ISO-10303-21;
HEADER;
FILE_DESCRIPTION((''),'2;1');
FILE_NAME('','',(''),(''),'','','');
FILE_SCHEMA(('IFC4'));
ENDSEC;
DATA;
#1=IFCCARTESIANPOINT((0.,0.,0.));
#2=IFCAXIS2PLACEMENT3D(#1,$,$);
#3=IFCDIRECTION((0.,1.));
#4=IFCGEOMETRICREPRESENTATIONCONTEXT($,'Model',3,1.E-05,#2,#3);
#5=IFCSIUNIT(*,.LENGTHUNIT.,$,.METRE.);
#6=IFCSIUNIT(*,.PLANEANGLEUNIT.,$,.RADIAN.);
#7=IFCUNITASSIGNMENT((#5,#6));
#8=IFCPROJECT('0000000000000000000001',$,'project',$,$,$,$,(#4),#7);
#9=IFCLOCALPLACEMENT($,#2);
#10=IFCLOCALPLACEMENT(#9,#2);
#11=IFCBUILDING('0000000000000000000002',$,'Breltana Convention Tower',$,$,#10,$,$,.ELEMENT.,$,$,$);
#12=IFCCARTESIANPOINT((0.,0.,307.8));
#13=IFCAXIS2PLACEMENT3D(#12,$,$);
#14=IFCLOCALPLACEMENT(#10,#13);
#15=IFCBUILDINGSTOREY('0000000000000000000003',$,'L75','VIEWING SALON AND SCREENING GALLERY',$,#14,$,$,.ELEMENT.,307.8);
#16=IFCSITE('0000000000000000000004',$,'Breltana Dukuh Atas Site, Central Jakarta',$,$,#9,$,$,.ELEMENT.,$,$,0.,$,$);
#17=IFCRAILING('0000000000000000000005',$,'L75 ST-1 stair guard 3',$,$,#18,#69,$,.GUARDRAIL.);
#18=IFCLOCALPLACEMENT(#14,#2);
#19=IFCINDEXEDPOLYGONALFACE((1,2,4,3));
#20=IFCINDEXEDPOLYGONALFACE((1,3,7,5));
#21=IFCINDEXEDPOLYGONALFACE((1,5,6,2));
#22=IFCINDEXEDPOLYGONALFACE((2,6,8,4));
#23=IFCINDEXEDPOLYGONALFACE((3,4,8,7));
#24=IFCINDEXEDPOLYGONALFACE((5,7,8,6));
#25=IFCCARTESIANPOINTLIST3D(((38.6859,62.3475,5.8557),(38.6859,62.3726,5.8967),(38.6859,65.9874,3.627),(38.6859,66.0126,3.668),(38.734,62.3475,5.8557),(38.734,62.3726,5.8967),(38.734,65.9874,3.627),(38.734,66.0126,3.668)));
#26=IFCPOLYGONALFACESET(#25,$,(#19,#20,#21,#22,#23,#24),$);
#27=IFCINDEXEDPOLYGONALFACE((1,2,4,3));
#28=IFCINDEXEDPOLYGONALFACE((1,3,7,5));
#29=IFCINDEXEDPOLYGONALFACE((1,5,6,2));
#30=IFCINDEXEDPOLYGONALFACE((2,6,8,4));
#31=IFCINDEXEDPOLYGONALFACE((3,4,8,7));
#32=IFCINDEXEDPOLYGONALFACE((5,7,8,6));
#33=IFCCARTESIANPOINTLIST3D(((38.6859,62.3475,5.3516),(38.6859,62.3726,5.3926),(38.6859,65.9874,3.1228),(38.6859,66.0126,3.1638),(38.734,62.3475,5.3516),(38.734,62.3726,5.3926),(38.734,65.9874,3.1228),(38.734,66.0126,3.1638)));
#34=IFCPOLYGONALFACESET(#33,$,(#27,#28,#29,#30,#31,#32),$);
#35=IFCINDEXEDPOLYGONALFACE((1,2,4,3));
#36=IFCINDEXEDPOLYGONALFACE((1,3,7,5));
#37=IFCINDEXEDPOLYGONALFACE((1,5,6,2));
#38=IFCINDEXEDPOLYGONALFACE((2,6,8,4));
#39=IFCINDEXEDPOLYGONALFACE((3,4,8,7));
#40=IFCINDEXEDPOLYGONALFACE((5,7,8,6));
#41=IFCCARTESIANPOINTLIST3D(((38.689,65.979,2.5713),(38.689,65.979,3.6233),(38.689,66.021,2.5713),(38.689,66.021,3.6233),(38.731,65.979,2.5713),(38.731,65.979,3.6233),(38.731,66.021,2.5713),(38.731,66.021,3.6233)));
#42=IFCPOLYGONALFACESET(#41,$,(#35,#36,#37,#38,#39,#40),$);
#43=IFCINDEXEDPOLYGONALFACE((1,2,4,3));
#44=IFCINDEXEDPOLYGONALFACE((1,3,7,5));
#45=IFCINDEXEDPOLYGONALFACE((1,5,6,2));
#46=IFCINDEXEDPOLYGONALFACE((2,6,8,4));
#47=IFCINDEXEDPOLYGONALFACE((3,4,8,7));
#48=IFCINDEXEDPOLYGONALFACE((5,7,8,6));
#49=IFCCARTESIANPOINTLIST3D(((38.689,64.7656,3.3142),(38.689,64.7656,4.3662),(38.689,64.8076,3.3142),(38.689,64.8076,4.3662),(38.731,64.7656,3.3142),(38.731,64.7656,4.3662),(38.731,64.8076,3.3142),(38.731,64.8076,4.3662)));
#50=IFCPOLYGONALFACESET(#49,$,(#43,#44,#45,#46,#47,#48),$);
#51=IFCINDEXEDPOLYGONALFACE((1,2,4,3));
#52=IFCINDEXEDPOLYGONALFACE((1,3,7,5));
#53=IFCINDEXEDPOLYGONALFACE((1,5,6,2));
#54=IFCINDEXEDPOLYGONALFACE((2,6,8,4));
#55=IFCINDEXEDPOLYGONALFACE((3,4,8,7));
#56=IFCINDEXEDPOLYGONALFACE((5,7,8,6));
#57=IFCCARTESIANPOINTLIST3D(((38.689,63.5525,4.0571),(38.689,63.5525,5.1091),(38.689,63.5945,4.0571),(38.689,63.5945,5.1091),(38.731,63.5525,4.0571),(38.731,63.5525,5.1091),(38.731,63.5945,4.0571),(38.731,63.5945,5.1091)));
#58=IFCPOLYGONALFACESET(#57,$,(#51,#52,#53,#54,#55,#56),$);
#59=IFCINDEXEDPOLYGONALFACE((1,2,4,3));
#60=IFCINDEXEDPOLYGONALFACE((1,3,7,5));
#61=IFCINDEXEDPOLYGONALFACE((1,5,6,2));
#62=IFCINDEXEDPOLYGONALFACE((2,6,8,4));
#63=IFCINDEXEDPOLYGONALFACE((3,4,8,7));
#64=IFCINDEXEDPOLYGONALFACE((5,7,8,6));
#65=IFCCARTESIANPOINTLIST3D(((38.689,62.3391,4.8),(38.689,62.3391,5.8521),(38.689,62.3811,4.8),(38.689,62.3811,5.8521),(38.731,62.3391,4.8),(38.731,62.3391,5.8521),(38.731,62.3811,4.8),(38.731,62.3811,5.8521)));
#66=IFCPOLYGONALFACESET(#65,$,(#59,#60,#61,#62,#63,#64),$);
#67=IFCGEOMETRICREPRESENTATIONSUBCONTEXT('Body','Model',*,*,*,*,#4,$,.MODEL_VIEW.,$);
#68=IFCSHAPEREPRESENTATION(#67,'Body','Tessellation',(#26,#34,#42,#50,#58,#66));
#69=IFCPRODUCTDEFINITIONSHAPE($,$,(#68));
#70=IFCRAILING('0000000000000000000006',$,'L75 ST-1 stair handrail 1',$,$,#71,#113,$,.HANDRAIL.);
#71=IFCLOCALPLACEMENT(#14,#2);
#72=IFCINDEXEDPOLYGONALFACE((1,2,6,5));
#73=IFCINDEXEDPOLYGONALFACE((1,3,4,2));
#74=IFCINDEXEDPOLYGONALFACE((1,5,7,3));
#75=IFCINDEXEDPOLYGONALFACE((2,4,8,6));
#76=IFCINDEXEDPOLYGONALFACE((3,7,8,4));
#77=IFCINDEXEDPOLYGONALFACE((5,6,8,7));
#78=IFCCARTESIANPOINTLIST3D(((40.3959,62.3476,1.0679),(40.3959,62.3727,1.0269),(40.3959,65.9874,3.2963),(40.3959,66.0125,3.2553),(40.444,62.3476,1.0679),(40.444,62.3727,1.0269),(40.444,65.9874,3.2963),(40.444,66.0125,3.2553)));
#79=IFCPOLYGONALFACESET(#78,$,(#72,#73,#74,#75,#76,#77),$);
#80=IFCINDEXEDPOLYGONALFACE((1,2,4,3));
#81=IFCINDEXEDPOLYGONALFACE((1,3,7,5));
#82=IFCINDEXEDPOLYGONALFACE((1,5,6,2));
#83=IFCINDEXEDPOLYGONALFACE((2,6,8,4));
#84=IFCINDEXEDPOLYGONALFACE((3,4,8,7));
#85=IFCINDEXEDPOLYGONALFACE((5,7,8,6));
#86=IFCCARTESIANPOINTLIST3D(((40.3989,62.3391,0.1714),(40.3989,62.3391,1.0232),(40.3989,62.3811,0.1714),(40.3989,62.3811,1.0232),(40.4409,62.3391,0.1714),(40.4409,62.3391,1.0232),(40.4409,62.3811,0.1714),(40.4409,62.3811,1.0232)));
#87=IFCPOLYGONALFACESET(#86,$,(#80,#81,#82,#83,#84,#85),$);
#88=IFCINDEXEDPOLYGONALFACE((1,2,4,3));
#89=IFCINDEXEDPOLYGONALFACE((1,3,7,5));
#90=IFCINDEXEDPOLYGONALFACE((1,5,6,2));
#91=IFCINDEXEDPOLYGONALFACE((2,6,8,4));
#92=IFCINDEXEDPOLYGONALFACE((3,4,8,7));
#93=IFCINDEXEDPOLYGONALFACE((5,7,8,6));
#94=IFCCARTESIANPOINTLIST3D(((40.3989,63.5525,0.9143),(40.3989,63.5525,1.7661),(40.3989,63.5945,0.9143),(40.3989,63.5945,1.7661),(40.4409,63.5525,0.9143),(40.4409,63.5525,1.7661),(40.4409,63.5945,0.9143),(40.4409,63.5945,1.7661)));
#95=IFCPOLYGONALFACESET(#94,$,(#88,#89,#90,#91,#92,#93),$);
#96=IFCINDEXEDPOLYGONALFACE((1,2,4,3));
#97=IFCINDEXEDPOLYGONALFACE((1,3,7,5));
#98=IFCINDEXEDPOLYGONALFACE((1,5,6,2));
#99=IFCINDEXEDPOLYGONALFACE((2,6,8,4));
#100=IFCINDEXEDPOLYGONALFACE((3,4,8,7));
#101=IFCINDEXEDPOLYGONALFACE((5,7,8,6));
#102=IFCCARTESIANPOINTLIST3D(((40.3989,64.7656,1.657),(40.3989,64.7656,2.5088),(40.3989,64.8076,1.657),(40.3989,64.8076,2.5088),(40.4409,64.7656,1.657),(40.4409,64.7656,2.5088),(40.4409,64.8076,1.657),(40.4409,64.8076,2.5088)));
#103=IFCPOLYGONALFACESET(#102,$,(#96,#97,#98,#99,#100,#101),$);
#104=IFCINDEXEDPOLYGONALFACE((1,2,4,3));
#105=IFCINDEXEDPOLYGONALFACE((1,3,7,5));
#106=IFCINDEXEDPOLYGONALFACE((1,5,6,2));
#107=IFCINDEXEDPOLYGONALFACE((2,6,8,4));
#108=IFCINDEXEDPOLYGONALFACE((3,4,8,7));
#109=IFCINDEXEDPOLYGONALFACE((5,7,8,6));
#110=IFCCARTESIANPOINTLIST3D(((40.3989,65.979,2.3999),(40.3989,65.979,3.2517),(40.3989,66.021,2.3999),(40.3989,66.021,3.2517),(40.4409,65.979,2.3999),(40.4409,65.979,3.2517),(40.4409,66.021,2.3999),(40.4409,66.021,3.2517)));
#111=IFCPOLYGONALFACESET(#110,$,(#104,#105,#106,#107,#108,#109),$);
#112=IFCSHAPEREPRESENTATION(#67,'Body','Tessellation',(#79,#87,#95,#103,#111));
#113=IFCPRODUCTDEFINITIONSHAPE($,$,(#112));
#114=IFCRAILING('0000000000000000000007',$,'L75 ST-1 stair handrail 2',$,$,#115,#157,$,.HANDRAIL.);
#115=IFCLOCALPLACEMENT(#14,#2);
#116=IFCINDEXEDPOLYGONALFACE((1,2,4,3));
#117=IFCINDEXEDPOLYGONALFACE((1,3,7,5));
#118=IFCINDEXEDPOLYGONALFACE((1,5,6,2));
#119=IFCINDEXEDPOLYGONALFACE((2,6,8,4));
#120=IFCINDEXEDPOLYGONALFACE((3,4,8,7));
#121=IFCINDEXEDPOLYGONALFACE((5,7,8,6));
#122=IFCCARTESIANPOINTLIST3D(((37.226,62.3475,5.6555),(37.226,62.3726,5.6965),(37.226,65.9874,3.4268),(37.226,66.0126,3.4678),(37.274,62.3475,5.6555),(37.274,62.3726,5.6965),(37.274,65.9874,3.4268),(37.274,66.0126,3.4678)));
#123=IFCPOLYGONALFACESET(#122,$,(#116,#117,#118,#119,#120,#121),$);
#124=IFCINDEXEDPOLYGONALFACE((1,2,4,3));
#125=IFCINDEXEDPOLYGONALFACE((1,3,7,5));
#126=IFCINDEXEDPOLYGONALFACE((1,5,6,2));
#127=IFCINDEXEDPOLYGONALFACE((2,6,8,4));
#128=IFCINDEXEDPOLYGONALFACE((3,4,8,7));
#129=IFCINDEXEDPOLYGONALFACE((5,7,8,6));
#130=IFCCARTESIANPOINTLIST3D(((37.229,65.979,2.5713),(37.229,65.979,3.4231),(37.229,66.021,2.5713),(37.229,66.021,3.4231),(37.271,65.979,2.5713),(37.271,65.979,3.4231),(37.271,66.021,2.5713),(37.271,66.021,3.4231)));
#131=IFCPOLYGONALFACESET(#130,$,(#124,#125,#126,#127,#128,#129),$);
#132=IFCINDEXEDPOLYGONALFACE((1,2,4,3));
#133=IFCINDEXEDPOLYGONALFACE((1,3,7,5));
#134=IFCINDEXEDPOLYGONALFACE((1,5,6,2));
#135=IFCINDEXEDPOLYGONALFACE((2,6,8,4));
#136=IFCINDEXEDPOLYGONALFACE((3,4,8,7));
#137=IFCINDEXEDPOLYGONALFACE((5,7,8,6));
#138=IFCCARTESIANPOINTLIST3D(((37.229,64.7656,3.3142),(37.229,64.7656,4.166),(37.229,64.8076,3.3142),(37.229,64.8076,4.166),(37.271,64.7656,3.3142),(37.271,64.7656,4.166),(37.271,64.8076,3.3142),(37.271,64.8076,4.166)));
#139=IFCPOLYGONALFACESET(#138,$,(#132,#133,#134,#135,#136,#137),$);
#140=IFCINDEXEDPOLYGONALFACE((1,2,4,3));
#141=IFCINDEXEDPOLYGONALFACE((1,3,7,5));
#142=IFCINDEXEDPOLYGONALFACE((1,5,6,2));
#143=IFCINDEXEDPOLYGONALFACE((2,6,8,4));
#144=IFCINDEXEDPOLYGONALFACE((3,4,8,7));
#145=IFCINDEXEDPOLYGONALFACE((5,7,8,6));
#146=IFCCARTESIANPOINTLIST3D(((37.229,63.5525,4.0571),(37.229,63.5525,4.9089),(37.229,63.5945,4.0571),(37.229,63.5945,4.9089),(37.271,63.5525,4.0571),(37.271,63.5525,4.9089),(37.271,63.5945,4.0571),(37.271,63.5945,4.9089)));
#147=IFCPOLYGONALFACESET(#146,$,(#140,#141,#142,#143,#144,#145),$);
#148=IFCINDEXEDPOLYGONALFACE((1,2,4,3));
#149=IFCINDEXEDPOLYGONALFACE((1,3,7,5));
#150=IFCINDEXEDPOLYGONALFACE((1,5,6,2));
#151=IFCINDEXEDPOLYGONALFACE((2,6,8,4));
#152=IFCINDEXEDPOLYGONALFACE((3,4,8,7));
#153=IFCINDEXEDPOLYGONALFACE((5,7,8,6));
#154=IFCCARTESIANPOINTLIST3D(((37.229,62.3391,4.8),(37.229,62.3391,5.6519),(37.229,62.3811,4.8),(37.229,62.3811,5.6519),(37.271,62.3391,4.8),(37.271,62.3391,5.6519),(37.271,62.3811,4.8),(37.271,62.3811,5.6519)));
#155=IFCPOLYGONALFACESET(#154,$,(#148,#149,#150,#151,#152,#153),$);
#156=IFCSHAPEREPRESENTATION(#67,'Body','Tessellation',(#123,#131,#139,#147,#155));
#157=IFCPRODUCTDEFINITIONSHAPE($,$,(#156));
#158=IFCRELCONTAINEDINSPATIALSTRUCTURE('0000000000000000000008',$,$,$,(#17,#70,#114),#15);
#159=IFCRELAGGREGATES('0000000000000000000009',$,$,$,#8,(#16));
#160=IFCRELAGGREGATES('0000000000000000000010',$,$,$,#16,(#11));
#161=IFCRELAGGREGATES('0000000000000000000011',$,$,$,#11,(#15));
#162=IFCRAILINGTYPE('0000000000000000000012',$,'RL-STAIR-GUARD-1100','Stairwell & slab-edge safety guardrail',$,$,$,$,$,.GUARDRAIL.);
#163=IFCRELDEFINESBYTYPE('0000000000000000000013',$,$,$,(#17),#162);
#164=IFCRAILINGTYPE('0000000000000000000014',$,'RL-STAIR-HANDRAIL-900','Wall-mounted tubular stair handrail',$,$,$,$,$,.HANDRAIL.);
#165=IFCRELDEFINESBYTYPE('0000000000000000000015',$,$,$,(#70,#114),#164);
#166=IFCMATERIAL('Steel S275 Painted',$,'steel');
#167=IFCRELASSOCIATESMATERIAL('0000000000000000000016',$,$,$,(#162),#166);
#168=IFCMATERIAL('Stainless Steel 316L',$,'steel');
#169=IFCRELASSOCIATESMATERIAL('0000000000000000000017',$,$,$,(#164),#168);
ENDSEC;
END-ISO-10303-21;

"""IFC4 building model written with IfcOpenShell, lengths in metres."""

from ifc_helpers import new_model, si_unit, direction, frame, origin, origin_2d, place, context, subcontext, project, spatial, rectangle, extrude, material, type_object, element, save


model = new_model("IFC4")

# Units and contexts
model_context = context("Model", 3, precision=1e-05, world=origin(), true_north=direction((0.0, 1.0)))
body_context = subcontext(model_context, "Body", "Model", "MODEL_VIEW")
ifc_project = project(units=[si_unit("LENGTHUNIT", "METRE"), si_unit("PLANEANGLEUNIT", "RADIAN")], contexts=[model_context])

# Site, building, storey
site_placement = place(None, origin())
site = spatial("IfcSite", under=ifc_project, at=site_placement, Name="Breltana Dukuh Atas Site, Central Jakarta", CompositionType="ELEMENT", RefElevation=0.0)
building_placement = place(site_placement, origin())
building = spatial("IfcBuilding", under=site, at=building_placement, Name="Breltana Convention Tower", CompositionType="ELEMENT")
storey_placement = place(building_placement, frame((0.0, 0.0, 307.8)))
storey = spatial("IfcBuildingStorey", under=building, at=storey_placement, Name="L75", Description="VIEWING SALON AND SCREENING GALLERY", CompositionType="ELEMENT", Elevation=307.8)

# Railings
ifc_material_1 = material(Name="Steel S275 Painted", Category="steel")
railing_type_1 = type_object("IfcRailingType", Name="RL-STAIR-GUARD-1100", Description="Stairwell & slab-edge safety guardrail", PredefinedType="GUARDRAIL", material=ifc_material_1)
railing_1_placement = place(storey_placement, frame((38.71, 66.0, 2.5713)))
element("IfcRailing", 1, at=railing_1_placement, inside=storey, type_object=railing_type_1, Name="L75 ST-1 stair guard 3", PredefinedType="GUARDRAIL", context=body_context, shape_type="SweptSolid", body=[
    extrude(rectangle(XDim=0.0481, YDim=0.0481, at=origin_2d()), frame((0.0, 0.0, 1.0762), z_axis=(0.0, -0.852825, 0.522197), x_axis=(1.0, 0.0, 0.0)), (0.0, 0.0, 1.0), 4.2681),
    extrude(rectangle(XDim=0.0481, YDim=0.0481, at=origin_2d()), frame((0.0, 0.0, 0.572), z_axis=(0.0, -0.852825, 0.522197), x_axis=(1.0, 0.0, 0.0)), (0.0, 0.0, 1.0), 4.2681),
    extrude(rectangle(XDim=0.042, YDim=0.042, at=origin_2d()), origin(), (0.0, 0.0, 1.0), 1.052),
    extrude(rectangle(XDim=0.042, YDim=0.042, at=origin_2d()), frame((0.0, -1.2134, 0.7429)), (0.0, 0.0, 1.0), 1.052),
    extrude(rectangle(XDim=0.042, YDim=0.042, at=origin_2d()), frame((0.0, -2.4265, 1.4858)), (0.0, 0.0, 1.0), 1.052),
    extrude(rectangle(XDim=0.042, YDim=0.042, at=origin_2d()), frame((0.0, -3.6399, 2.2288)), (0.0, 0.0, 1.0), 1.052),
])
ifc_material_2 = material(Name="Stainless Steel 316L", Category="steel")
railing_type_2 = type_object("IfcRailingType", Name="RL-STAIR-HANDRAIL-900", Description="Wall-mounted tubular stair handrail", PredefinedType="HANDRAIL", material=ifc_material_2)
railing_2_placement = place(storey_placement, frame((40.4199, 62.3601, 0.1714)))
element("IfcRailing", 2, at=railing_2_placement, inside=storey, type_object=railing_type_2, Name="L75 ST-1 stair handrail 1", PredefinedType="HANDRAIL", context=body_context, shape_type="SweptSolid", body=[
    extrude(rectangle(XDim=0.0481, YDim=0.0481, at=origin_2d()), frame((0.0, 0.0, 0.876), z_axis=(0.0, 0.85285, 0.522156), x_axis=(-1.0, 0.0, 0.0)), (0.0, 0.0, 1.0), 4.2678),
    extrude(rectangle(XDim=0.042, YDim=0.042, at=origin_2d()), origin(), (0.0, 0.0, 1.0), 0.8518),
    extrude(rectangle(XDim=0.042, YDim=0.042, at=origin_2d()), frame((0.0, 1.2134, 0.7429)), (0.0, 0.0, 1.0), 0.8518),
    extrude(rectangle(XDim=0.042, YDim=0.042, at=origin_2d()), frame((0.0, 2.4265, 1.4856)), (0.0, 0.0, 1.0), 0.8518),
    extrude(rectangle(XDim=0.042, YDim=0.042, at=origin_2d()), frame((0.0, 3.6399, 2.2285)), (0.0, 0.0, 1.0), 0.8518),
])
railing_3_placement = place(storey_placement, frame((37.25, 66.0, 2.5713)))
element("IfcRailing", 3, at=railing_3_placement, inside=storey, type_object=railing_type_2, Name="L75 ST-1 stair handrail 2", PredefinedType="HANDRAIL", context=body_context, shape_type="SweptSolid", body=[
    extrude(rectangle(XDim=0.0481, YDim=0.0481, at=origin_2d()), frame((0.0, 0.0, 0.876), z_axis=(0.0, -0.852825, 0.522197), x_axis=(1.0, 0.0, 0.0)), (0.0, 0.0, 1.0), 4.2681),
    extrude(rectangle(XDim=0.042, YDim=0.042, at=origin_2d()), origin(), (0.0, 0.0, 1.0), 0.8518),
    extrude(rectangle(XDim=0.042, YDim=0.042, at=origin_2d()), frame((0.0, -1.2134, 0.7429)), (0.0, 0.0, 1.0), 0.8518),
    extrude(rectangle(XDim=0.042, YDim=0.042, at=origin_2d()), frame((0.0, -2.4265, 1.4858)), (0.0, 0.0, 1.0), 0.8518),
    extrude(rectangle(XDim=0.042, YDim=0.042, at=origin_2d()), frame((0.0, -3.6399, 2.2288)), (0.0, 0.0, 1.0), 0.8518),
])

save(model, "model.ifc")
